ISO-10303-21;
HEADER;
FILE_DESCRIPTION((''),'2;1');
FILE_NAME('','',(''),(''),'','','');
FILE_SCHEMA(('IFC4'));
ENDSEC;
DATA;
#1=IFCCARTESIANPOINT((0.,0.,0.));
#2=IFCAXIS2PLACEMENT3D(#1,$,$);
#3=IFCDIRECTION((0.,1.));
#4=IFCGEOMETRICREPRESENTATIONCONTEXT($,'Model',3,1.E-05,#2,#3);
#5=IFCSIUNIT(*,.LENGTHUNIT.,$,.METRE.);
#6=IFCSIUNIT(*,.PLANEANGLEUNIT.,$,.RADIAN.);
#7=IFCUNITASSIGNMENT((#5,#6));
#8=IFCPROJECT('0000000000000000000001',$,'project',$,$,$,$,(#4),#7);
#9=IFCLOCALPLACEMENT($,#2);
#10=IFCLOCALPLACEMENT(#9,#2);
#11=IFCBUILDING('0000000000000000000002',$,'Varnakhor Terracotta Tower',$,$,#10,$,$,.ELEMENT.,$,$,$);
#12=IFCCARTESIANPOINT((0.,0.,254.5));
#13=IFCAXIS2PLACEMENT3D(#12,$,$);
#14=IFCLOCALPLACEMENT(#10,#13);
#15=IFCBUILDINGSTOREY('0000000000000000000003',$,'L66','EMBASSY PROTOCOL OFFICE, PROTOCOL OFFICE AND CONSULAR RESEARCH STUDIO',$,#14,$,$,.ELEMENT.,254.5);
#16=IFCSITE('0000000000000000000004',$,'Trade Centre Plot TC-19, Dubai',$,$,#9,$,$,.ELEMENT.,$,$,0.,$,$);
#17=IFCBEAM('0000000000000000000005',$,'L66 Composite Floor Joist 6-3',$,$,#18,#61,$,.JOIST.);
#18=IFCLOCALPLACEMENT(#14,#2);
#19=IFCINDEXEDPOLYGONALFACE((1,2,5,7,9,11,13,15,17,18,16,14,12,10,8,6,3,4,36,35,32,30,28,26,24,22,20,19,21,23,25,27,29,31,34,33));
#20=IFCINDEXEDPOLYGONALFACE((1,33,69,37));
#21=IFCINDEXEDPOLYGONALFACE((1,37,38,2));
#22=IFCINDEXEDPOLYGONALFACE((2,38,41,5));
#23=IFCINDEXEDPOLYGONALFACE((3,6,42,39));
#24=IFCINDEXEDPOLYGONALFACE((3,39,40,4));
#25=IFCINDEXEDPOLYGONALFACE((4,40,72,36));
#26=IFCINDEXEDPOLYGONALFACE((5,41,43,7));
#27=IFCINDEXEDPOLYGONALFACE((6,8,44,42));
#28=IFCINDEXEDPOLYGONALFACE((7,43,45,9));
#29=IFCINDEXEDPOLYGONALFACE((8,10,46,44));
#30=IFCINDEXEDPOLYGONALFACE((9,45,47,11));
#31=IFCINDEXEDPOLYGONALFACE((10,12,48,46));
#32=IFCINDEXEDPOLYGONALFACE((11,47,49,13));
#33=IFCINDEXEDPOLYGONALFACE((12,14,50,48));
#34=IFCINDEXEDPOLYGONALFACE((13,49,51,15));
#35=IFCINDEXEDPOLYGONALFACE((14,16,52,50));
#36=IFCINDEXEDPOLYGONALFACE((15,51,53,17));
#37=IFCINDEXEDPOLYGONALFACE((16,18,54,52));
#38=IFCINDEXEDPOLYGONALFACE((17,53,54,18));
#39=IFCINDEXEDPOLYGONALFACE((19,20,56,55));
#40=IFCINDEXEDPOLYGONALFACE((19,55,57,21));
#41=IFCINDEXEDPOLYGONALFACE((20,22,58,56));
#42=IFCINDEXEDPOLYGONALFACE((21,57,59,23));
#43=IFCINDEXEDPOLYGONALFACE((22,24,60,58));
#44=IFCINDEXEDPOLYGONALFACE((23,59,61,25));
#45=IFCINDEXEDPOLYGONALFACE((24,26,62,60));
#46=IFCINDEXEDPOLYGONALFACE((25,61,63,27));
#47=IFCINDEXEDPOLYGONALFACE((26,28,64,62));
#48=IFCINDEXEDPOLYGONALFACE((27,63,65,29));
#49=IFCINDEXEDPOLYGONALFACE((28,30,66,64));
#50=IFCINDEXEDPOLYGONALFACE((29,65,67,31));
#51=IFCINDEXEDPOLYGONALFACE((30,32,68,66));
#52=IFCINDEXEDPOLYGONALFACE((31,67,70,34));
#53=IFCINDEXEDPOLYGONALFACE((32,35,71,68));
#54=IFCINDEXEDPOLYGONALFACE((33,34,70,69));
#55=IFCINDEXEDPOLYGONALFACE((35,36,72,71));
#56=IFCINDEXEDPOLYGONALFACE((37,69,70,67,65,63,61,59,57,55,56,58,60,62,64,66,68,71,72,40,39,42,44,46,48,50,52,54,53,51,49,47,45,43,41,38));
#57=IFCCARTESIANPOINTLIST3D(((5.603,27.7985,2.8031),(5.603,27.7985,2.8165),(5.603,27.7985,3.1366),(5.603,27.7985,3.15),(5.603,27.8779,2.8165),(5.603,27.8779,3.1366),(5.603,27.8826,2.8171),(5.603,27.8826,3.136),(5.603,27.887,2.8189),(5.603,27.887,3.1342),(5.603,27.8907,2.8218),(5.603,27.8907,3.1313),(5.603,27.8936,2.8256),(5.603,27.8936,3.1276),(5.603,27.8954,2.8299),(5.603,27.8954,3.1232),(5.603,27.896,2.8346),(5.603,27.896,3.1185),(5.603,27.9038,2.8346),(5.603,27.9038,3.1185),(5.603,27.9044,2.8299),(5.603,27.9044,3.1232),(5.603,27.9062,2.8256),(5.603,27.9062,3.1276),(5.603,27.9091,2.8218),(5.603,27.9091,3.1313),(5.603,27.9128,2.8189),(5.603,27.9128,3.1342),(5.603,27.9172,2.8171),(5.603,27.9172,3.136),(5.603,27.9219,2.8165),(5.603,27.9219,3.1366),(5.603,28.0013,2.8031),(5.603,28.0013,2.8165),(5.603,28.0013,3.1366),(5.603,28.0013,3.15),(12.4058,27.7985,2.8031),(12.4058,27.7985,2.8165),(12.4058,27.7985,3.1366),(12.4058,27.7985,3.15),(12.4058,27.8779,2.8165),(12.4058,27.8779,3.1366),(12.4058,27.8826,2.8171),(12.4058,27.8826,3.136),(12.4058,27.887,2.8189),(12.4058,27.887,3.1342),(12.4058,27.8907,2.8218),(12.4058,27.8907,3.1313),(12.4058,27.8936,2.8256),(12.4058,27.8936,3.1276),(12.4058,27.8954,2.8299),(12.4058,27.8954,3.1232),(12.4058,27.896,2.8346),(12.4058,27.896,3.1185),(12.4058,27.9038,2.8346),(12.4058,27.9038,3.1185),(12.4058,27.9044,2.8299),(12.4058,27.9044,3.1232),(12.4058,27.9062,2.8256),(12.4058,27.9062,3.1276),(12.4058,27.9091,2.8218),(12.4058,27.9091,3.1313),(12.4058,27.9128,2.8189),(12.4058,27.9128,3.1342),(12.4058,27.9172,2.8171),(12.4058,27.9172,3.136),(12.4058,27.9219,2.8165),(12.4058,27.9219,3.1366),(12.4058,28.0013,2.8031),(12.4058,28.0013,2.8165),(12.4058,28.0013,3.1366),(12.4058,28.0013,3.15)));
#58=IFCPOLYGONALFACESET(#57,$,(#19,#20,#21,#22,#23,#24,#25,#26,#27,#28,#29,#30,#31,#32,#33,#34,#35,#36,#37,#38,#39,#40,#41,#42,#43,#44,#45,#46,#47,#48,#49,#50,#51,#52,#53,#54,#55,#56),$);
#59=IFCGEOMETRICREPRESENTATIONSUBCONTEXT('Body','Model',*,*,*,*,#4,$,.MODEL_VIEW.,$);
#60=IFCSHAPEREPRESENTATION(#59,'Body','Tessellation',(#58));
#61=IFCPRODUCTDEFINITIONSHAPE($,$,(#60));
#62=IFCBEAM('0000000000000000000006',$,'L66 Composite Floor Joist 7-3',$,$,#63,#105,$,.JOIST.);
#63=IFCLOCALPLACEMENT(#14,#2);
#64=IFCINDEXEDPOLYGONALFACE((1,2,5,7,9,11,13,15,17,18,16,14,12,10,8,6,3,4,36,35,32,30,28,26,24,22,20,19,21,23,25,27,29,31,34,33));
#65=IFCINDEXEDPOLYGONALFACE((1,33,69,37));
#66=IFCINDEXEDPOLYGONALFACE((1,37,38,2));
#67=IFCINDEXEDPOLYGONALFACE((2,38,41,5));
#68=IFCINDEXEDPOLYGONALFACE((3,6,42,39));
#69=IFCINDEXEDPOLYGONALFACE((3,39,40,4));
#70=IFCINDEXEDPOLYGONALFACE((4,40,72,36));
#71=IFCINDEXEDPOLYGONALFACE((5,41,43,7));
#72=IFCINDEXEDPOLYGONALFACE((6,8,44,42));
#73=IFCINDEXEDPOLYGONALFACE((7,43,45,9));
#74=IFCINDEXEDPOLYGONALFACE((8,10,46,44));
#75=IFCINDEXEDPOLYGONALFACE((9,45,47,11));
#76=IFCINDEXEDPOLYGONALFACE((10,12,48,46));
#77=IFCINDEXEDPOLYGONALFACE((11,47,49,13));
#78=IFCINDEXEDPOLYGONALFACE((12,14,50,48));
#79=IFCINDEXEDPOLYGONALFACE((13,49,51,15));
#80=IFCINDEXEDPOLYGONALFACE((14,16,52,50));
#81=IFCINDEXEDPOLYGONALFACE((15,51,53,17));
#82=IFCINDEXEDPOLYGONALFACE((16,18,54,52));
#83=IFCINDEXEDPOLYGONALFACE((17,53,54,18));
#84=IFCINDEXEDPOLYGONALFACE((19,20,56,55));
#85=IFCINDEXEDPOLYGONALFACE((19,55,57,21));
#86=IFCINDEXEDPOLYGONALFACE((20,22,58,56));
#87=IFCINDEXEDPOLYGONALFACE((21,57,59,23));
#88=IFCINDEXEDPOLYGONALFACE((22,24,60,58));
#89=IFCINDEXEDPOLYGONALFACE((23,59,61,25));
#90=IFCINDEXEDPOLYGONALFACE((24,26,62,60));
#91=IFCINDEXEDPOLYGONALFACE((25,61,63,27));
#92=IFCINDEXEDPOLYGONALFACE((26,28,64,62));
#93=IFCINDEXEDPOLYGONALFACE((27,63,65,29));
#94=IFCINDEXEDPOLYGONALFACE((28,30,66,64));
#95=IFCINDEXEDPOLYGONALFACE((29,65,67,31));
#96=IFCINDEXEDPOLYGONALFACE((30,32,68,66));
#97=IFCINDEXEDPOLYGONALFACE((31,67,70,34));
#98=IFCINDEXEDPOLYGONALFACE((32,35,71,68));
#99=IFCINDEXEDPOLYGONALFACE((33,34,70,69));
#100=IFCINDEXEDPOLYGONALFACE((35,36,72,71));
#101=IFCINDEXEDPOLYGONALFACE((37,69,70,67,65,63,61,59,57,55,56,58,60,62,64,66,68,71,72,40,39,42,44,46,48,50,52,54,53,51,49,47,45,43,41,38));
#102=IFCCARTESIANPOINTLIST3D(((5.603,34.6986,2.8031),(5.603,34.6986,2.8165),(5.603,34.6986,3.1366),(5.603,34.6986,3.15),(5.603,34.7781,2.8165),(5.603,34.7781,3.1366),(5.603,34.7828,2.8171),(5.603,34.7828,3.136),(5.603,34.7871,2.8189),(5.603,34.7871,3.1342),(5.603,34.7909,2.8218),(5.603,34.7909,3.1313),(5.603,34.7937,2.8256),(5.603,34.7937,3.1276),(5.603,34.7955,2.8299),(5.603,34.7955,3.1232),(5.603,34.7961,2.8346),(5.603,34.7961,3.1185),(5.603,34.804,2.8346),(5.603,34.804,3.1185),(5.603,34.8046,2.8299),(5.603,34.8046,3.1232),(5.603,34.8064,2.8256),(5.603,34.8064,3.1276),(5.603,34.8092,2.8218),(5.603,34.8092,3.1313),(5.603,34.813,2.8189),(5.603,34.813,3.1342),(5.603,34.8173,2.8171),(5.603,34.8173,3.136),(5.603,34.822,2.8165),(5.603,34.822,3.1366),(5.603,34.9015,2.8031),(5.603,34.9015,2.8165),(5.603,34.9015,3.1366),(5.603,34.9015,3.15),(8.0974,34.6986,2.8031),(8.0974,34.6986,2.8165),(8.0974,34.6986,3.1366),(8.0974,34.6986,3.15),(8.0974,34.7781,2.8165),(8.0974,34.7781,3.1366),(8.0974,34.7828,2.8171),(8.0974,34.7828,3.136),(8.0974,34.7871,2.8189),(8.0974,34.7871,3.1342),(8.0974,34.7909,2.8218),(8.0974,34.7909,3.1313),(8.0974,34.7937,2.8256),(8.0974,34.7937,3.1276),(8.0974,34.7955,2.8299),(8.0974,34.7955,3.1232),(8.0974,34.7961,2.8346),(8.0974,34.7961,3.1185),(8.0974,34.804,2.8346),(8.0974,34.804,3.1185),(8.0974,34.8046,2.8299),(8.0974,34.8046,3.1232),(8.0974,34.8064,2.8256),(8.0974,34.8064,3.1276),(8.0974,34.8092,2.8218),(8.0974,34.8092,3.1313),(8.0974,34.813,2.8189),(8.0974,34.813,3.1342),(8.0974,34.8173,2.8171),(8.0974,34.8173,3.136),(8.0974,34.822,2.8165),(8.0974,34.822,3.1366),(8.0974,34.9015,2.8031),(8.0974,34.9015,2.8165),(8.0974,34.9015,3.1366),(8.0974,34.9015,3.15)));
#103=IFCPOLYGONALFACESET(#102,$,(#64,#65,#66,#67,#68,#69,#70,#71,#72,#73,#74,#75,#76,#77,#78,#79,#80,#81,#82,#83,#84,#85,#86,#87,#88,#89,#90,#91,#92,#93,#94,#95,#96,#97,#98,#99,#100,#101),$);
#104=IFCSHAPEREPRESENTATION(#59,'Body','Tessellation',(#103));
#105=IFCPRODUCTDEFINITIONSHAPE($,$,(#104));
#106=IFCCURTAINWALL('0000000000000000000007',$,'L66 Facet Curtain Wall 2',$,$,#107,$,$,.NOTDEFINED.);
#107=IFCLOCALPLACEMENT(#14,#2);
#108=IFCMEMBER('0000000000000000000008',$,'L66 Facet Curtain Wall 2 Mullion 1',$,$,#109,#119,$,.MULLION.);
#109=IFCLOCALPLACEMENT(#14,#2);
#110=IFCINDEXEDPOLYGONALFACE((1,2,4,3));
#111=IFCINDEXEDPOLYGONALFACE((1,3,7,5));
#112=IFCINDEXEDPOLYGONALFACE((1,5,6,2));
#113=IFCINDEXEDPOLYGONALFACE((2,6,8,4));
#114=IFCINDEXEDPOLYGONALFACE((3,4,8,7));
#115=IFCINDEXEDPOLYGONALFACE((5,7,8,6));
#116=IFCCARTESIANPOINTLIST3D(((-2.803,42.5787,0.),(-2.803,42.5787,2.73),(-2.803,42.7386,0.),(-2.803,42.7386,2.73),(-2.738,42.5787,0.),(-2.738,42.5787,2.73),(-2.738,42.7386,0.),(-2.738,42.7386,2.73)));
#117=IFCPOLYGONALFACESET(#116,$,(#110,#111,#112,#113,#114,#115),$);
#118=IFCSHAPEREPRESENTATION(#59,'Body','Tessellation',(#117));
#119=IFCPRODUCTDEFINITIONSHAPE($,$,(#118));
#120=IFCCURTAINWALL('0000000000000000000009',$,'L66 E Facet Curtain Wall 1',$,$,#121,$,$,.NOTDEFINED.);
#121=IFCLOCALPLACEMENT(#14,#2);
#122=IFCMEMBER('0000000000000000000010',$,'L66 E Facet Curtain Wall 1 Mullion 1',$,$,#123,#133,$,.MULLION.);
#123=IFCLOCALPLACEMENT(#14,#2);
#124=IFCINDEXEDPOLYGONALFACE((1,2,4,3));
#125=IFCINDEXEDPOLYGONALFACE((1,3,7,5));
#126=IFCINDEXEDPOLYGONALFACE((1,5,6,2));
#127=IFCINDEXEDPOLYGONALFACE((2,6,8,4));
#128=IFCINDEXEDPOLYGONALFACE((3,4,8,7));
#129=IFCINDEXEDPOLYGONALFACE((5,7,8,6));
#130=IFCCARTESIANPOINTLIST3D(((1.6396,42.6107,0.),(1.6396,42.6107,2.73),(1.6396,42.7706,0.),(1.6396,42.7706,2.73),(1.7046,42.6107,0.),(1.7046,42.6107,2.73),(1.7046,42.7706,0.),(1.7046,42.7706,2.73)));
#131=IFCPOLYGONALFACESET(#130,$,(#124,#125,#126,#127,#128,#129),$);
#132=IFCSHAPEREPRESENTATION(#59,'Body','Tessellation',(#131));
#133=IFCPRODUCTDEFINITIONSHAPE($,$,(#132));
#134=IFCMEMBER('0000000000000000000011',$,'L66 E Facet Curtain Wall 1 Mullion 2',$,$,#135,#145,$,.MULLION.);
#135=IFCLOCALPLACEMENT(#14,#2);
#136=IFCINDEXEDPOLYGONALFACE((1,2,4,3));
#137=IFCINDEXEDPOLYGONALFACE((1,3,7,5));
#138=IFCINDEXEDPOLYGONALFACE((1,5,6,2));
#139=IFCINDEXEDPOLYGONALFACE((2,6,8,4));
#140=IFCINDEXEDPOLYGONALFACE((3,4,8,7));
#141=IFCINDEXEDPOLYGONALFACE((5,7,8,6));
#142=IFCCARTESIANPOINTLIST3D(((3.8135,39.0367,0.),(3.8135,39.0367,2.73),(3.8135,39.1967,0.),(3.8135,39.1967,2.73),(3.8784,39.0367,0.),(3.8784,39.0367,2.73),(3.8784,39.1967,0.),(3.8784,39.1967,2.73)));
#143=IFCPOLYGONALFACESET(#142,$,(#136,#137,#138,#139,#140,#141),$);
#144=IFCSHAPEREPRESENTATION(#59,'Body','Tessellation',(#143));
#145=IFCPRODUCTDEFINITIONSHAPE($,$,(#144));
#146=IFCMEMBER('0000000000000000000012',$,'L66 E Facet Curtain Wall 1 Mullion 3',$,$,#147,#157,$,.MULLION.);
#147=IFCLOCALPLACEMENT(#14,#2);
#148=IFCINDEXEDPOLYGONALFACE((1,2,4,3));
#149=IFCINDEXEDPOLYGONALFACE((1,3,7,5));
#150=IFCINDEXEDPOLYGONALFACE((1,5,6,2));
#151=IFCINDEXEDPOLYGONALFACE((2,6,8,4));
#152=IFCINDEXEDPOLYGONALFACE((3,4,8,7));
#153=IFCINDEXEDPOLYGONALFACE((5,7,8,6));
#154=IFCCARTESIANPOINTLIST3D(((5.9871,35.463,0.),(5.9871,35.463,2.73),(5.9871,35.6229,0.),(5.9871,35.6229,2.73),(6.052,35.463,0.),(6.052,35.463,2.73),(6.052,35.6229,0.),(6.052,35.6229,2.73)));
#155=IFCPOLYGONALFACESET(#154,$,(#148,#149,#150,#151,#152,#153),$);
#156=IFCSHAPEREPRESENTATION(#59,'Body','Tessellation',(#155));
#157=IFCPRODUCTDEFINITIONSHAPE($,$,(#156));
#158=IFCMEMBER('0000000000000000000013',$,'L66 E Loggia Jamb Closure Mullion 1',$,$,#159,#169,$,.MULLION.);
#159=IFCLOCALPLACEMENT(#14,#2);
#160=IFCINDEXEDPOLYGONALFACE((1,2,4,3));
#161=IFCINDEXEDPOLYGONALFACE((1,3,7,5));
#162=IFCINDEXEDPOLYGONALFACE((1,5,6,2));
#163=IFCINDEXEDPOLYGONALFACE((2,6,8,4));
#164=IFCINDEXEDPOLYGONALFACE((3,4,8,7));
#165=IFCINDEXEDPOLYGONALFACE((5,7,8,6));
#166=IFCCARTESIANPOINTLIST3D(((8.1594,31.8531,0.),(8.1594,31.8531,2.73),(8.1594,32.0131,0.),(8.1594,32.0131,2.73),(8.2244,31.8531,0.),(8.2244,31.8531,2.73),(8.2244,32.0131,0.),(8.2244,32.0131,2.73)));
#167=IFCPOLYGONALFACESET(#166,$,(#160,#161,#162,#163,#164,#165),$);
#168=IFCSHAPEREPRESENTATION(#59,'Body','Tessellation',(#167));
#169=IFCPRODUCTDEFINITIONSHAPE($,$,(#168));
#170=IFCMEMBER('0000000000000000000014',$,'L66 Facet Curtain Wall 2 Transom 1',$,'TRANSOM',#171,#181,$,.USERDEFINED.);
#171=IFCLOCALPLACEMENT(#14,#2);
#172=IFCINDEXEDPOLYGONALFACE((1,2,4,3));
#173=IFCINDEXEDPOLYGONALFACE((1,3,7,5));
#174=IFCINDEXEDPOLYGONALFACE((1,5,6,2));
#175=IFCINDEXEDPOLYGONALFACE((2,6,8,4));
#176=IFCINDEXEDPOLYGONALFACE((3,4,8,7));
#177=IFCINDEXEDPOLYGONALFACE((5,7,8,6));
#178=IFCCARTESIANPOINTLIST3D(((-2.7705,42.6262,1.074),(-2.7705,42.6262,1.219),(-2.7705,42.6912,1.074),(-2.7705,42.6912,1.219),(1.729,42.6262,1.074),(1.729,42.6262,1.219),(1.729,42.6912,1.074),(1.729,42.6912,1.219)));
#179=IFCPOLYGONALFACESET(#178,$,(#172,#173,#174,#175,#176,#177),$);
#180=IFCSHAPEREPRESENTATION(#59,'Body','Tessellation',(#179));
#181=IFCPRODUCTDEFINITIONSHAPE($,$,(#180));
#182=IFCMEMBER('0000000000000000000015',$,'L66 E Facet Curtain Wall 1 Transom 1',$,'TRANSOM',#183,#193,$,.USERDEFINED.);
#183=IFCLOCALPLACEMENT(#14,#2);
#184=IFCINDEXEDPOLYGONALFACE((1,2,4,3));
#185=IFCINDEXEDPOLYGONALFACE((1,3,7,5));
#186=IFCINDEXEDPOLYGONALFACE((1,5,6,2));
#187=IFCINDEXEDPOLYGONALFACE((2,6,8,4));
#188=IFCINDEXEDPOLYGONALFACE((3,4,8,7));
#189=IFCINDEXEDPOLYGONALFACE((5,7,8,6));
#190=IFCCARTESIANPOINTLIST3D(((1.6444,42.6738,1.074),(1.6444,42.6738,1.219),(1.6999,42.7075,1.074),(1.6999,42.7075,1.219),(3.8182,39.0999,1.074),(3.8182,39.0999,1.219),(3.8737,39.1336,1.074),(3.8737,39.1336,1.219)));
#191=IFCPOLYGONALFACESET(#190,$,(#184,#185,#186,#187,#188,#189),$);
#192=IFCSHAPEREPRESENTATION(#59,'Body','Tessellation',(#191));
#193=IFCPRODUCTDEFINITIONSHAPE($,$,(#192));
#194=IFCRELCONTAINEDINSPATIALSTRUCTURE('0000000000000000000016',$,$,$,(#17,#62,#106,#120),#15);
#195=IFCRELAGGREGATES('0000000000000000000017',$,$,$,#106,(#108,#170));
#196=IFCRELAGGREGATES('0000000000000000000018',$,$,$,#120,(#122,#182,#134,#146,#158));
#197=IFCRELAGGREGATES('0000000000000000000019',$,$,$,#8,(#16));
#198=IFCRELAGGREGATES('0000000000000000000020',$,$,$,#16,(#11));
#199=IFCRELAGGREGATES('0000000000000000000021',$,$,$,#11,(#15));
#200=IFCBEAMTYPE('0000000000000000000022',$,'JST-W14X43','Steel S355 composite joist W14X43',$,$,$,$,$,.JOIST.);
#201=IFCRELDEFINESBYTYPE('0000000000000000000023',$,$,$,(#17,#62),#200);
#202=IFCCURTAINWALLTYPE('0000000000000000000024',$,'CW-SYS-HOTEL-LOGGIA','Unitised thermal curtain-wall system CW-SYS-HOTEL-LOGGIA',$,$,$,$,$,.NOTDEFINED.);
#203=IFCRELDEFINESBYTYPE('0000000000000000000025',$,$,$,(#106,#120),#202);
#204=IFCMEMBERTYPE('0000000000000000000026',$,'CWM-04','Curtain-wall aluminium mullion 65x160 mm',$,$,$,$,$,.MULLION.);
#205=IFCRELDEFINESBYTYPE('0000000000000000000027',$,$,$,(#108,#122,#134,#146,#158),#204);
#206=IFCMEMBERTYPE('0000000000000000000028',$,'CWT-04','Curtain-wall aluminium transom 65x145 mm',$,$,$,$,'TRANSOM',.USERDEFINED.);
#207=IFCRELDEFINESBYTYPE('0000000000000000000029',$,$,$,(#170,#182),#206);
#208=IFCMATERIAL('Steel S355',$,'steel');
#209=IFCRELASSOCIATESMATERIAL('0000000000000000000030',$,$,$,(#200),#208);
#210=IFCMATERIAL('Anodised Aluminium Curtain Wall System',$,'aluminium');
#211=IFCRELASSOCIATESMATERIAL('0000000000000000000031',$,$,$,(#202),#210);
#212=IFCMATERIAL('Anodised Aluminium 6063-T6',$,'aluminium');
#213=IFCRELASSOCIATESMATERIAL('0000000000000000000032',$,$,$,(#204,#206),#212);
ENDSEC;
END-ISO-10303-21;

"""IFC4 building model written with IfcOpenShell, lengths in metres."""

from ifc_helpers import new_model, si_unit, direction, frame, origin, origin_2d, place, context, subcontext, project, spatial, rectangle, i_section, extrude, source, transform, mapped, material, material_profile, profile_set, type_object, element, aggregate, save


model = new_model("IFC4")

# Units and contexts
model_context = context("Model", 3, precision=1e-05, world=origin(), true_north=direction((0.0, 1.0)))
body_context = subcontext(model_context, "Body", "Model", "MODEL_VIEW")
ifc_project = project(units=[si_unit("LENGTHUNIT", "METRE"), si_unit("PLANEANGLEUNIT", "RADIAN")], contexts=[model_context])

# Site, building, storey
site_placement = place(None, origin())
site = spatial("IfcSite", under=ifc_project, at=site_placement, Name="Trade Centre Plot TC-19, Dubai", CompositionType="ELEMENT", RefElevation=0.0)
building_placement = place(site_placement, origin())
building = spatial("IfcBuilding", under=site, at=building_placement, Name="Varnakhor Terracotta Tower", CompositionType="ELEMENT")
storey_placement = place(building_placement, frame((0.0, 0.0, 254.5)))
storey = spatial("IfcBuildingStorey", under=building, at=storey_placement, Name="L66", Description="EMBASSY PROTOCOL OFFICE, PROTOCOL OFFICE AND CONSULAR RESEARCH STUDIO", CompositionType="ELEMENT", Elevation=254.5)

# Beams
ifc_material_1 = material(Name="Steel S355", Category="steel")
ifc_material_profile_1 = material_profile(ifc_material_1, i_section(OverallWidth=0.2029, OverallDepth=0.3469, WebThickness=0.0078, FlangeThickness=0.0134, FilletRadius=0.0181, at=origin_2d()), Name="W14X43")
ifc_profile_set_1 = profile_set([ifc_material_profile_1], Name="Steel S355")
beam_type_1 = type_object("IfcBeamType", Name="JST-W14X43", Description="Steel S355 composite joist W14X43", PredefinedType="JOIST", material=ifc_profile_set_1)
shared_shape_1 = source(origin(), body_context, "Body", "SweptSolid", [
    extrude(i_section(OverallWidth=0.2029, OverallDepth=0.3469, WebThickness=0.0078, FlangeThickness=0.0134, FilletRadius=0.0181, at=origin_2d()), origin(), (0.0, 0.0, 1.0), 6.8027),
])
beam_1_placement = place(storey_placement, frame((5.603, 27.8999, 2.9766), z_axis=(1.0, 0.0, 0.0), x_axis=(0.0, 1.0, 0.0)))
element("IfcBeam", 1, at=beam_1_placement, inside=storey, type_object=beam_type_1, Name="L66 Composite Floor Joist 6-3", PredefinedType="JOIST", context=body_context, shape_type="MappedRepresentation", body=[
    mapped(shared_shape_1, transform((0.0, 0.0, 0.0), scale=1.0)),
])
shared_shape_2 = source(origin(), body_context, "Body", "SweptSolid", [
    extrude(i_section(OverallWidth=0.2029, OverallDepth=0.3469, WebThickness=0.0078, FlangeThickness=0.0134, FilletRadius=0.0181, at=origin_2d()), origin(), (0.0, 0.0, 1.0), 2.4944),
])
beam_2_placement = place(storey_placement, frame((5.603, 34.8, 2.9766), z_axis=(1.0, 0.0, 0.0), x_axis=(0.0, 1.0, 0.0)))
element("IfcBeam", 2, at=beam_2_placement, inside=storey, type_object=beam_type_1, Name="L66 Composite Floor Joist 7-3", PredefinedType="JOIST", context=body_context, shape_type="MappedRepresentation", body=[
    mapped(shared_shape_2, transform((0.0, 0.0, 0.0), scale=1.0)),
])

# Curtain wall, member
ifc_material_2 = material(Name="Anodised Aluminium Curtain Wall System", Category="aluminium")
curtain_wall_type = type_object("IfcCurtainWallType", Name="CW-SYS-HOTEL-LOGGIA", Description="Unitised thermal curtain-wall system CW-SYS-HOTEL-LOGGIA", PredefinedType="NOTDEFINED", material=ifc_material_2)
curtain_wall_1_placement = place(storey_placement, origin())
curtain_wall_1 = element("IfcCurtainWall", 3, at=curtain_wall_1_placement, inside=storey, type_object=curtain_wall_type, Name="L66 Facet Curtain Wall 2", PredefinedType="NOTDEFINED")
ifc_material_3 = material(Name="Anodised Aluminium 6063-T6", Category="aluminium")
ifc_material_profile_2 = material_profile(ifc_material_3, rectangle(XDim=0.0649, YDim=0.1599, at=origin_2d()), Name="ALU MULLION 65x160")
ifc_profile_set_2 = profile_set([ifc_material_profile_2], Name="Anodised Aluminium 6063-T6")
member_type_1 = type_object("IfcMemberType", Name="CWM-04", Description="Curtain-wall aluminium mullion 65x160 mm", PredefinedType="MULLION", material=ifc_profile_set_2)
shared_shape_3 = source(origin(), body_context, "Body", "SweptSolid", [
    extrude(rectangle(XDim=0.0649, YDim=0.1599, at=origin_2d()), origin(), (0.0, 0.0, 1.0), 2.73),
])
member_1_placement = place(storey_placement, frame((-2.7705, 42.6587, 0.0), z_axis=(0.0, 0.0, 1.0), x_axis=(1.0, 0.0, 0.0)))
member_1 = element("IfcMember", 4, at=member_1_placement, type_object=member_type_1, Name="L66 Facet Curtain Wall 2 Mullion 1", PredefinedType="MULLION", context=body_context, shape_type="MappedRepresentation", body=[
    mapped(shared_shape_3, transform((0.0, 0.0, 0.0), scale=1.0)),
])

# Curtain wall, members
curtain_wall_2_placement = place(storey_placement, origin())
curtain_wall_2 = element("IfcCurtainWall", 5, at=curtain_wall_2_placement, inside=storey, type_object=curtain_wall_type, Name="L66 E Facet Curtain Wall 1", PredefinedType="NOTDEFINED")
member_2_placement = place(storey_placement, frame((1.6721, 42.6907, 0.0), z_axis=(0.0, 0.0, 1.0), x_axis=(1.0, 0.0, 0.0)))
member_2 = element("IfcMember", 6, at=member_2_placement, type_object=member_type_1, Name="L66 E Facet Curtain Wall 1 Mullion 1", PredefinedType="MULLION", context=body_context, shape_type="MappedRepresentation", body=[
    mapped(shared_shape_3, transform((0.0, 0.0, 0.0), scale=1.0)),
])
member_3_placement = place(storey_placement, frame((3.8459, 39.1167, 0.0), z_axis=(0.0, 0.0, 1.0), x_axis=(1.0, 0.0, 0.0)))
member_3 = element("IfcMember", 7, at=member_3_placement, type_object=member_type_1, Name="L66 E Facet Curtain Wall 1 Mullion 2", PredefinedType="MULLION", context=body_context, shape_type="MappedRepresentation", body=[
    mapped(shared_shape_3, transform((0.0, 0.0, 0.0), scale=1.0)),
])
member_4_placement = place(storey_placement, frame((6.0195, 35.543, 0.0), z_axis=(0.0, 0.0, 1.0), x_axis=(1.0, 0.0, 0.0)))
member_4 = element("IfcMember", 8, at=member_4_placement, type_object=member_type_1, Name="L66 E Facet Curtain Wall 1 Mullion 3", PredefinedType="MULLION", context=body_context, shape_type="MappedRepresentation", body=[
    mapped(shared_shape_3, transform((0.0, 0.0, 0.0), scale=1.0)),
])
member_5_placement = place(storey_placement, frame((8.1919, 31.9331, 0.0), z_axis=(0.0, 0.0, 1.0), x_axis=(1.0, 0.0, 0.0)))
member_5 = element("IfcMember", 9, at=member_5_placement, type_object=member_type_1, Name="L66 E Loggia Jamb Closure Mullion 1", PredefinedType="MULLION", context=body_context, shape_type="MappedRepresentation", body=[
    mapped(shared_shape_3, transform((0.0, 0.0, 0.0), scale=1.0)),
])

# Members
ifc_material_profile_3 = material_profile(ifc_material_3, rectangle(XDim=0.0649, YDim=0.145, at=origin_2d()), Name="ALU TRANSOM 65x145")
ifc_profile_set_3 = profile_set([ifc_material_profile_3], Name="Anodised Aluminium 6063-T6")
member_type_2 = type_object("IfcMemberType", Name="CWT-04", Description="Curtain-wall aluminium transom 65x145 mm", ElementType="TRANSOM", PredefinedType="USERDEFINED", material=ifc_profile_set_3)
shared_shape_4 = source(origin(), body_context, "Body", "SweptSolid", [
    extrude(rectangle(XDim=0.0649, YDim=0.145, at=origin_2d()), origin(), (0.0, 0.0, 1.0), 4.4995),
])
member_6_placement = place(storey_placement, frame((-2.7705, 42.6587, 1.1465), z_axis=(1.0, 0.0, 0.0), x_axis=(0.0, 1.0, 0.0)))
member_6 = element("IfcMember", 10, at=member_6_placement, type_object=member_type_2, Name="L66 Facet Curtain Wall 2 Transom 1", ObjectType="TRANSOM", PredefinedType="USERDEFINED", context=body_context, shape_type="MappedRepresentation", body=[
    mapped(shared_shape_4, transform((0.0, 0.0, 0.0), scale=1.0)),
])
shared_shape_5 = source(origin(), body_context, "Body", "SweptSolid", [
    extrude(rectangle(XDim=0.0649, YDim=0.145, at=origin_2d()), origin(), (0.0, 0.0, 1.0), 4.1831),
])
member_7_placement = place(storey_placement, frame((1.6721, 42.6907, 1.1465), z_axis=(0.519662, -0.854372, 0.0), x_axis=(0.854372, 0.519662, 0.0)))
member_7 = element("IfcMember", 11, at=member_7_placement, type_object=member_type_2, Name="L66 E Facet Curtain Wall 1 Transom 1", ObjectType="TRANSOM", PredefinedType="USERDEFINED", context=body_context, shape_type="MappedRepresentation", body=[
    mapped(shared_shape_5, transform((0.0, 0.0, 0.0), scale=1.0)),
])

aggregate(curtain_wall_1, [member_1, member_6])
aggregate(curtain_wall_2, [member_2, member_7, member_3, member_4, member_5])

save(model, "model.ifc")
